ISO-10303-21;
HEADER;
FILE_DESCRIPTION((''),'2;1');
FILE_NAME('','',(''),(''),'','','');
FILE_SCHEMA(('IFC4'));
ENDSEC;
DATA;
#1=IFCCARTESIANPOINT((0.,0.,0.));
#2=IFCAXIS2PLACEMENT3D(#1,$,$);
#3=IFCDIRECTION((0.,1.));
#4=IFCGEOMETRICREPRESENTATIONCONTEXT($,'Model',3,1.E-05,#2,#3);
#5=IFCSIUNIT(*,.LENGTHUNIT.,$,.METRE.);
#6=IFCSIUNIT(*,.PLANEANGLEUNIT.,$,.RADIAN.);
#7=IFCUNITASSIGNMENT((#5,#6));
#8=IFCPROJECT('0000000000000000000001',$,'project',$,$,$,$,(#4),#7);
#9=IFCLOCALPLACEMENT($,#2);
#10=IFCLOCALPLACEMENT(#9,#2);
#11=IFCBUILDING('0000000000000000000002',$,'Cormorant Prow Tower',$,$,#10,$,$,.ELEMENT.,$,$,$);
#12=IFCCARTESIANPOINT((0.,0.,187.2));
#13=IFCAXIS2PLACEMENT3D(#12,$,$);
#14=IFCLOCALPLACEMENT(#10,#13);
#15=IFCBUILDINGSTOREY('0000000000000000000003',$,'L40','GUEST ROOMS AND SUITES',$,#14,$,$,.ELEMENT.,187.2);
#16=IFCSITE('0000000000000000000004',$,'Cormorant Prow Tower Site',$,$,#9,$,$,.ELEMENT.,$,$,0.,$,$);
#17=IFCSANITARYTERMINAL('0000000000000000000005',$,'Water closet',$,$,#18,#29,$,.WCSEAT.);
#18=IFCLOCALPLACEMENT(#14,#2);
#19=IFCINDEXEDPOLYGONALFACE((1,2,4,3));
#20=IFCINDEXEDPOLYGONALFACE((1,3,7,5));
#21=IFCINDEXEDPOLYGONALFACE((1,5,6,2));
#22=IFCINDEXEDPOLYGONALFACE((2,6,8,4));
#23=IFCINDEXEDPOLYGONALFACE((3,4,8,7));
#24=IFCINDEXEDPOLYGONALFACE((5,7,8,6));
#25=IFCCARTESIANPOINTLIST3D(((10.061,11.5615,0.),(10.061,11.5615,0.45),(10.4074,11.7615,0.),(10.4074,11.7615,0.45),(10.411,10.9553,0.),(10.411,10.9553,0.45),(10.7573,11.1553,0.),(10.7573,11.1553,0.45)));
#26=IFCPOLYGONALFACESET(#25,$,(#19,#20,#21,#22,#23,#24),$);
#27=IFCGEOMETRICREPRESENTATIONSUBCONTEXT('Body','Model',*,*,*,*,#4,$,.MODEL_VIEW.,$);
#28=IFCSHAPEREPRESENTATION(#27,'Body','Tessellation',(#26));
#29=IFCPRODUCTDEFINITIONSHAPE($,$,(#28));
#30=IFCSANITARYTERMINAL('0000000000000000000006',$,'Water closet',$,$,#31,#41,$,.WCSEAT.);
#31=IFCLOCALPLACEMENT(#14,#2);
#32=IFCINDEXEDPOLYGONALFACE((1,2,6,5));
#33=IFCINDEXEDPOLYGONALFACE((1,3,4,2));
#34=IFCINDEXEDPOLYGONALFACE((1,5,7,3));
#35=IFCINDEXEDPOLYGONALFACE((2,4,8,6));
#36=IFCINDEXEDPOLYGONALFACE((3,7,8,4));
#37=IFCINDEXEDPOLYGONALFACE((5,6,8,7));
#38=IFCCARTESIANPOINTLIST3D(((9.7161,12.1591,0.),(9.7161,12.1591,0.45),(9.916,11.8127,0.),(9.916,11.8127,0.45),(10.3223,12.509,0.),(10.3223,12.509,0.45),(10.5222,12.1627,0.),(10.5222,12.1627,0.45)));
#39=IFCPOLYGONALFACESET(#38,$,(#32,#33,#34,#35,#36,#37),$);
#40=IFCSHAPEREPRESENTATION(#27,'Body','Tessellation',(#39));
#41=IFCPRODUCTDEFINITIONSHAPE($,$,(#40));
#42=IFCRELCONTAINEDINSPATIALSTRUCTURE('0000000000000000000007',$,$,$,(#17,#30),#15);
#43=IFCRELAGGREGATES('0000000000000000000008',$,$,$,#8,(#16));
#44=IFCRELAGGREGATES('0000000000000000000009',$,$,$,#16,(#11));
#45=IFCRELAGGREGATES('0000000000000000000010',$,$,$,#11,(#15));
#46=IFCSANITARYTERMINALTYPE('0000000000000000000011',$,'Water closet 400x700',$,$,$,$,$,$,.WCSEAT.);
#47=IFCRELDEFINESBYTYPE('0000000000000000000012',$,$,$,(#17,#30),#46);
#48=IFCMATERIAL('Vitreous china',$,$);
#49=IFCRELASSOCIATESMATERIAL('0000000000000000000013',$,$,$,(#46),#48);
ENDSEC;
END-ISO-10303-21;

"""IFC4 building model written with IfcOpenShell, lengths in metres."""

from ifc_helpers import new_model, si_unit, direction, frame, origin, origin_2d, place, context, subcontext, project, spatial, rectangle, extrude, material, type_object, element, save


model = new_model("IFC4")

# Units and contexts
model_context = context("Model", 3, precision=1e-05, world=origin(), true_north=direction((0.0, 1.0)))
body_context = subcontext(model_context, "Body", "Model", "MODEL_VIEW")
ifc_project = project(units=[si_unit("LENGTHUNIT", "METRE"), si_unit("PLANEANGLEUNIT", "RADIAN")], contexts=[model_context])

# Site, building, storey
site_placement = place(None, origin())
site = spatial("IfcSite", under=ifc_project, at=site_placement, Name="Cormorant Prow Tower Site", CompositionType="ELEMENT", RefElevation=0.0)
building_placement = place(site_placement, origin())
building = spatial("IfcBuilding", under=site, at=building_placement, Name="Cormorant Prow Tower", CompositionType="ELEMENT")
storey_placement = place(building_placement, frame((0.0, 0.0, 187.2)))
storey = spatial("IfcBuildingStorey", under=building, at=storey_placement, Name="L40", Description="GUEST ROOMS AND SUITES", CompositionType="ELEMENT", Elevation=187.2)

# Sanitary terminals
ifc_material_1 = material(Name="Vitreous china")
sanitary_terminal_type_1 = type_object("IfcSanitaryTerminalType", Name="Water closet 400x700", PredefinedType="WCSEAT", material=ifc_material_1)
for number, where, z_axis, x_axis, name in (
    (1, (10.4092, 11.3584, 0.0), (0.0, 0.0, 1.0), (0.866025, 0.5, 0.0), "Water closet"),
    (2, (10.1191, 12.1609, 0.0), (0.0, 0.0, 1.0), (-0.5, 0.866025, 0.0), "Water closet"),
):
    element("IfcSanitaryTerminal", number, at=place(storey_placement, frame(where, z_axis=z_axis, x_axis=x_axis)), inside=storey, type_object=sanitary_terminal_type_1, Name=name, PredefinedType="WCSEAT", context=body_context, shape_type="SweptSolid", body=[
        extrude(rectangle(XDim=0.3999, YDim=0.7, at=origin_2d()), origin(), (0.0, 0.0, 1.0), 0.45),
    ])

save(model, "model.ifc")
